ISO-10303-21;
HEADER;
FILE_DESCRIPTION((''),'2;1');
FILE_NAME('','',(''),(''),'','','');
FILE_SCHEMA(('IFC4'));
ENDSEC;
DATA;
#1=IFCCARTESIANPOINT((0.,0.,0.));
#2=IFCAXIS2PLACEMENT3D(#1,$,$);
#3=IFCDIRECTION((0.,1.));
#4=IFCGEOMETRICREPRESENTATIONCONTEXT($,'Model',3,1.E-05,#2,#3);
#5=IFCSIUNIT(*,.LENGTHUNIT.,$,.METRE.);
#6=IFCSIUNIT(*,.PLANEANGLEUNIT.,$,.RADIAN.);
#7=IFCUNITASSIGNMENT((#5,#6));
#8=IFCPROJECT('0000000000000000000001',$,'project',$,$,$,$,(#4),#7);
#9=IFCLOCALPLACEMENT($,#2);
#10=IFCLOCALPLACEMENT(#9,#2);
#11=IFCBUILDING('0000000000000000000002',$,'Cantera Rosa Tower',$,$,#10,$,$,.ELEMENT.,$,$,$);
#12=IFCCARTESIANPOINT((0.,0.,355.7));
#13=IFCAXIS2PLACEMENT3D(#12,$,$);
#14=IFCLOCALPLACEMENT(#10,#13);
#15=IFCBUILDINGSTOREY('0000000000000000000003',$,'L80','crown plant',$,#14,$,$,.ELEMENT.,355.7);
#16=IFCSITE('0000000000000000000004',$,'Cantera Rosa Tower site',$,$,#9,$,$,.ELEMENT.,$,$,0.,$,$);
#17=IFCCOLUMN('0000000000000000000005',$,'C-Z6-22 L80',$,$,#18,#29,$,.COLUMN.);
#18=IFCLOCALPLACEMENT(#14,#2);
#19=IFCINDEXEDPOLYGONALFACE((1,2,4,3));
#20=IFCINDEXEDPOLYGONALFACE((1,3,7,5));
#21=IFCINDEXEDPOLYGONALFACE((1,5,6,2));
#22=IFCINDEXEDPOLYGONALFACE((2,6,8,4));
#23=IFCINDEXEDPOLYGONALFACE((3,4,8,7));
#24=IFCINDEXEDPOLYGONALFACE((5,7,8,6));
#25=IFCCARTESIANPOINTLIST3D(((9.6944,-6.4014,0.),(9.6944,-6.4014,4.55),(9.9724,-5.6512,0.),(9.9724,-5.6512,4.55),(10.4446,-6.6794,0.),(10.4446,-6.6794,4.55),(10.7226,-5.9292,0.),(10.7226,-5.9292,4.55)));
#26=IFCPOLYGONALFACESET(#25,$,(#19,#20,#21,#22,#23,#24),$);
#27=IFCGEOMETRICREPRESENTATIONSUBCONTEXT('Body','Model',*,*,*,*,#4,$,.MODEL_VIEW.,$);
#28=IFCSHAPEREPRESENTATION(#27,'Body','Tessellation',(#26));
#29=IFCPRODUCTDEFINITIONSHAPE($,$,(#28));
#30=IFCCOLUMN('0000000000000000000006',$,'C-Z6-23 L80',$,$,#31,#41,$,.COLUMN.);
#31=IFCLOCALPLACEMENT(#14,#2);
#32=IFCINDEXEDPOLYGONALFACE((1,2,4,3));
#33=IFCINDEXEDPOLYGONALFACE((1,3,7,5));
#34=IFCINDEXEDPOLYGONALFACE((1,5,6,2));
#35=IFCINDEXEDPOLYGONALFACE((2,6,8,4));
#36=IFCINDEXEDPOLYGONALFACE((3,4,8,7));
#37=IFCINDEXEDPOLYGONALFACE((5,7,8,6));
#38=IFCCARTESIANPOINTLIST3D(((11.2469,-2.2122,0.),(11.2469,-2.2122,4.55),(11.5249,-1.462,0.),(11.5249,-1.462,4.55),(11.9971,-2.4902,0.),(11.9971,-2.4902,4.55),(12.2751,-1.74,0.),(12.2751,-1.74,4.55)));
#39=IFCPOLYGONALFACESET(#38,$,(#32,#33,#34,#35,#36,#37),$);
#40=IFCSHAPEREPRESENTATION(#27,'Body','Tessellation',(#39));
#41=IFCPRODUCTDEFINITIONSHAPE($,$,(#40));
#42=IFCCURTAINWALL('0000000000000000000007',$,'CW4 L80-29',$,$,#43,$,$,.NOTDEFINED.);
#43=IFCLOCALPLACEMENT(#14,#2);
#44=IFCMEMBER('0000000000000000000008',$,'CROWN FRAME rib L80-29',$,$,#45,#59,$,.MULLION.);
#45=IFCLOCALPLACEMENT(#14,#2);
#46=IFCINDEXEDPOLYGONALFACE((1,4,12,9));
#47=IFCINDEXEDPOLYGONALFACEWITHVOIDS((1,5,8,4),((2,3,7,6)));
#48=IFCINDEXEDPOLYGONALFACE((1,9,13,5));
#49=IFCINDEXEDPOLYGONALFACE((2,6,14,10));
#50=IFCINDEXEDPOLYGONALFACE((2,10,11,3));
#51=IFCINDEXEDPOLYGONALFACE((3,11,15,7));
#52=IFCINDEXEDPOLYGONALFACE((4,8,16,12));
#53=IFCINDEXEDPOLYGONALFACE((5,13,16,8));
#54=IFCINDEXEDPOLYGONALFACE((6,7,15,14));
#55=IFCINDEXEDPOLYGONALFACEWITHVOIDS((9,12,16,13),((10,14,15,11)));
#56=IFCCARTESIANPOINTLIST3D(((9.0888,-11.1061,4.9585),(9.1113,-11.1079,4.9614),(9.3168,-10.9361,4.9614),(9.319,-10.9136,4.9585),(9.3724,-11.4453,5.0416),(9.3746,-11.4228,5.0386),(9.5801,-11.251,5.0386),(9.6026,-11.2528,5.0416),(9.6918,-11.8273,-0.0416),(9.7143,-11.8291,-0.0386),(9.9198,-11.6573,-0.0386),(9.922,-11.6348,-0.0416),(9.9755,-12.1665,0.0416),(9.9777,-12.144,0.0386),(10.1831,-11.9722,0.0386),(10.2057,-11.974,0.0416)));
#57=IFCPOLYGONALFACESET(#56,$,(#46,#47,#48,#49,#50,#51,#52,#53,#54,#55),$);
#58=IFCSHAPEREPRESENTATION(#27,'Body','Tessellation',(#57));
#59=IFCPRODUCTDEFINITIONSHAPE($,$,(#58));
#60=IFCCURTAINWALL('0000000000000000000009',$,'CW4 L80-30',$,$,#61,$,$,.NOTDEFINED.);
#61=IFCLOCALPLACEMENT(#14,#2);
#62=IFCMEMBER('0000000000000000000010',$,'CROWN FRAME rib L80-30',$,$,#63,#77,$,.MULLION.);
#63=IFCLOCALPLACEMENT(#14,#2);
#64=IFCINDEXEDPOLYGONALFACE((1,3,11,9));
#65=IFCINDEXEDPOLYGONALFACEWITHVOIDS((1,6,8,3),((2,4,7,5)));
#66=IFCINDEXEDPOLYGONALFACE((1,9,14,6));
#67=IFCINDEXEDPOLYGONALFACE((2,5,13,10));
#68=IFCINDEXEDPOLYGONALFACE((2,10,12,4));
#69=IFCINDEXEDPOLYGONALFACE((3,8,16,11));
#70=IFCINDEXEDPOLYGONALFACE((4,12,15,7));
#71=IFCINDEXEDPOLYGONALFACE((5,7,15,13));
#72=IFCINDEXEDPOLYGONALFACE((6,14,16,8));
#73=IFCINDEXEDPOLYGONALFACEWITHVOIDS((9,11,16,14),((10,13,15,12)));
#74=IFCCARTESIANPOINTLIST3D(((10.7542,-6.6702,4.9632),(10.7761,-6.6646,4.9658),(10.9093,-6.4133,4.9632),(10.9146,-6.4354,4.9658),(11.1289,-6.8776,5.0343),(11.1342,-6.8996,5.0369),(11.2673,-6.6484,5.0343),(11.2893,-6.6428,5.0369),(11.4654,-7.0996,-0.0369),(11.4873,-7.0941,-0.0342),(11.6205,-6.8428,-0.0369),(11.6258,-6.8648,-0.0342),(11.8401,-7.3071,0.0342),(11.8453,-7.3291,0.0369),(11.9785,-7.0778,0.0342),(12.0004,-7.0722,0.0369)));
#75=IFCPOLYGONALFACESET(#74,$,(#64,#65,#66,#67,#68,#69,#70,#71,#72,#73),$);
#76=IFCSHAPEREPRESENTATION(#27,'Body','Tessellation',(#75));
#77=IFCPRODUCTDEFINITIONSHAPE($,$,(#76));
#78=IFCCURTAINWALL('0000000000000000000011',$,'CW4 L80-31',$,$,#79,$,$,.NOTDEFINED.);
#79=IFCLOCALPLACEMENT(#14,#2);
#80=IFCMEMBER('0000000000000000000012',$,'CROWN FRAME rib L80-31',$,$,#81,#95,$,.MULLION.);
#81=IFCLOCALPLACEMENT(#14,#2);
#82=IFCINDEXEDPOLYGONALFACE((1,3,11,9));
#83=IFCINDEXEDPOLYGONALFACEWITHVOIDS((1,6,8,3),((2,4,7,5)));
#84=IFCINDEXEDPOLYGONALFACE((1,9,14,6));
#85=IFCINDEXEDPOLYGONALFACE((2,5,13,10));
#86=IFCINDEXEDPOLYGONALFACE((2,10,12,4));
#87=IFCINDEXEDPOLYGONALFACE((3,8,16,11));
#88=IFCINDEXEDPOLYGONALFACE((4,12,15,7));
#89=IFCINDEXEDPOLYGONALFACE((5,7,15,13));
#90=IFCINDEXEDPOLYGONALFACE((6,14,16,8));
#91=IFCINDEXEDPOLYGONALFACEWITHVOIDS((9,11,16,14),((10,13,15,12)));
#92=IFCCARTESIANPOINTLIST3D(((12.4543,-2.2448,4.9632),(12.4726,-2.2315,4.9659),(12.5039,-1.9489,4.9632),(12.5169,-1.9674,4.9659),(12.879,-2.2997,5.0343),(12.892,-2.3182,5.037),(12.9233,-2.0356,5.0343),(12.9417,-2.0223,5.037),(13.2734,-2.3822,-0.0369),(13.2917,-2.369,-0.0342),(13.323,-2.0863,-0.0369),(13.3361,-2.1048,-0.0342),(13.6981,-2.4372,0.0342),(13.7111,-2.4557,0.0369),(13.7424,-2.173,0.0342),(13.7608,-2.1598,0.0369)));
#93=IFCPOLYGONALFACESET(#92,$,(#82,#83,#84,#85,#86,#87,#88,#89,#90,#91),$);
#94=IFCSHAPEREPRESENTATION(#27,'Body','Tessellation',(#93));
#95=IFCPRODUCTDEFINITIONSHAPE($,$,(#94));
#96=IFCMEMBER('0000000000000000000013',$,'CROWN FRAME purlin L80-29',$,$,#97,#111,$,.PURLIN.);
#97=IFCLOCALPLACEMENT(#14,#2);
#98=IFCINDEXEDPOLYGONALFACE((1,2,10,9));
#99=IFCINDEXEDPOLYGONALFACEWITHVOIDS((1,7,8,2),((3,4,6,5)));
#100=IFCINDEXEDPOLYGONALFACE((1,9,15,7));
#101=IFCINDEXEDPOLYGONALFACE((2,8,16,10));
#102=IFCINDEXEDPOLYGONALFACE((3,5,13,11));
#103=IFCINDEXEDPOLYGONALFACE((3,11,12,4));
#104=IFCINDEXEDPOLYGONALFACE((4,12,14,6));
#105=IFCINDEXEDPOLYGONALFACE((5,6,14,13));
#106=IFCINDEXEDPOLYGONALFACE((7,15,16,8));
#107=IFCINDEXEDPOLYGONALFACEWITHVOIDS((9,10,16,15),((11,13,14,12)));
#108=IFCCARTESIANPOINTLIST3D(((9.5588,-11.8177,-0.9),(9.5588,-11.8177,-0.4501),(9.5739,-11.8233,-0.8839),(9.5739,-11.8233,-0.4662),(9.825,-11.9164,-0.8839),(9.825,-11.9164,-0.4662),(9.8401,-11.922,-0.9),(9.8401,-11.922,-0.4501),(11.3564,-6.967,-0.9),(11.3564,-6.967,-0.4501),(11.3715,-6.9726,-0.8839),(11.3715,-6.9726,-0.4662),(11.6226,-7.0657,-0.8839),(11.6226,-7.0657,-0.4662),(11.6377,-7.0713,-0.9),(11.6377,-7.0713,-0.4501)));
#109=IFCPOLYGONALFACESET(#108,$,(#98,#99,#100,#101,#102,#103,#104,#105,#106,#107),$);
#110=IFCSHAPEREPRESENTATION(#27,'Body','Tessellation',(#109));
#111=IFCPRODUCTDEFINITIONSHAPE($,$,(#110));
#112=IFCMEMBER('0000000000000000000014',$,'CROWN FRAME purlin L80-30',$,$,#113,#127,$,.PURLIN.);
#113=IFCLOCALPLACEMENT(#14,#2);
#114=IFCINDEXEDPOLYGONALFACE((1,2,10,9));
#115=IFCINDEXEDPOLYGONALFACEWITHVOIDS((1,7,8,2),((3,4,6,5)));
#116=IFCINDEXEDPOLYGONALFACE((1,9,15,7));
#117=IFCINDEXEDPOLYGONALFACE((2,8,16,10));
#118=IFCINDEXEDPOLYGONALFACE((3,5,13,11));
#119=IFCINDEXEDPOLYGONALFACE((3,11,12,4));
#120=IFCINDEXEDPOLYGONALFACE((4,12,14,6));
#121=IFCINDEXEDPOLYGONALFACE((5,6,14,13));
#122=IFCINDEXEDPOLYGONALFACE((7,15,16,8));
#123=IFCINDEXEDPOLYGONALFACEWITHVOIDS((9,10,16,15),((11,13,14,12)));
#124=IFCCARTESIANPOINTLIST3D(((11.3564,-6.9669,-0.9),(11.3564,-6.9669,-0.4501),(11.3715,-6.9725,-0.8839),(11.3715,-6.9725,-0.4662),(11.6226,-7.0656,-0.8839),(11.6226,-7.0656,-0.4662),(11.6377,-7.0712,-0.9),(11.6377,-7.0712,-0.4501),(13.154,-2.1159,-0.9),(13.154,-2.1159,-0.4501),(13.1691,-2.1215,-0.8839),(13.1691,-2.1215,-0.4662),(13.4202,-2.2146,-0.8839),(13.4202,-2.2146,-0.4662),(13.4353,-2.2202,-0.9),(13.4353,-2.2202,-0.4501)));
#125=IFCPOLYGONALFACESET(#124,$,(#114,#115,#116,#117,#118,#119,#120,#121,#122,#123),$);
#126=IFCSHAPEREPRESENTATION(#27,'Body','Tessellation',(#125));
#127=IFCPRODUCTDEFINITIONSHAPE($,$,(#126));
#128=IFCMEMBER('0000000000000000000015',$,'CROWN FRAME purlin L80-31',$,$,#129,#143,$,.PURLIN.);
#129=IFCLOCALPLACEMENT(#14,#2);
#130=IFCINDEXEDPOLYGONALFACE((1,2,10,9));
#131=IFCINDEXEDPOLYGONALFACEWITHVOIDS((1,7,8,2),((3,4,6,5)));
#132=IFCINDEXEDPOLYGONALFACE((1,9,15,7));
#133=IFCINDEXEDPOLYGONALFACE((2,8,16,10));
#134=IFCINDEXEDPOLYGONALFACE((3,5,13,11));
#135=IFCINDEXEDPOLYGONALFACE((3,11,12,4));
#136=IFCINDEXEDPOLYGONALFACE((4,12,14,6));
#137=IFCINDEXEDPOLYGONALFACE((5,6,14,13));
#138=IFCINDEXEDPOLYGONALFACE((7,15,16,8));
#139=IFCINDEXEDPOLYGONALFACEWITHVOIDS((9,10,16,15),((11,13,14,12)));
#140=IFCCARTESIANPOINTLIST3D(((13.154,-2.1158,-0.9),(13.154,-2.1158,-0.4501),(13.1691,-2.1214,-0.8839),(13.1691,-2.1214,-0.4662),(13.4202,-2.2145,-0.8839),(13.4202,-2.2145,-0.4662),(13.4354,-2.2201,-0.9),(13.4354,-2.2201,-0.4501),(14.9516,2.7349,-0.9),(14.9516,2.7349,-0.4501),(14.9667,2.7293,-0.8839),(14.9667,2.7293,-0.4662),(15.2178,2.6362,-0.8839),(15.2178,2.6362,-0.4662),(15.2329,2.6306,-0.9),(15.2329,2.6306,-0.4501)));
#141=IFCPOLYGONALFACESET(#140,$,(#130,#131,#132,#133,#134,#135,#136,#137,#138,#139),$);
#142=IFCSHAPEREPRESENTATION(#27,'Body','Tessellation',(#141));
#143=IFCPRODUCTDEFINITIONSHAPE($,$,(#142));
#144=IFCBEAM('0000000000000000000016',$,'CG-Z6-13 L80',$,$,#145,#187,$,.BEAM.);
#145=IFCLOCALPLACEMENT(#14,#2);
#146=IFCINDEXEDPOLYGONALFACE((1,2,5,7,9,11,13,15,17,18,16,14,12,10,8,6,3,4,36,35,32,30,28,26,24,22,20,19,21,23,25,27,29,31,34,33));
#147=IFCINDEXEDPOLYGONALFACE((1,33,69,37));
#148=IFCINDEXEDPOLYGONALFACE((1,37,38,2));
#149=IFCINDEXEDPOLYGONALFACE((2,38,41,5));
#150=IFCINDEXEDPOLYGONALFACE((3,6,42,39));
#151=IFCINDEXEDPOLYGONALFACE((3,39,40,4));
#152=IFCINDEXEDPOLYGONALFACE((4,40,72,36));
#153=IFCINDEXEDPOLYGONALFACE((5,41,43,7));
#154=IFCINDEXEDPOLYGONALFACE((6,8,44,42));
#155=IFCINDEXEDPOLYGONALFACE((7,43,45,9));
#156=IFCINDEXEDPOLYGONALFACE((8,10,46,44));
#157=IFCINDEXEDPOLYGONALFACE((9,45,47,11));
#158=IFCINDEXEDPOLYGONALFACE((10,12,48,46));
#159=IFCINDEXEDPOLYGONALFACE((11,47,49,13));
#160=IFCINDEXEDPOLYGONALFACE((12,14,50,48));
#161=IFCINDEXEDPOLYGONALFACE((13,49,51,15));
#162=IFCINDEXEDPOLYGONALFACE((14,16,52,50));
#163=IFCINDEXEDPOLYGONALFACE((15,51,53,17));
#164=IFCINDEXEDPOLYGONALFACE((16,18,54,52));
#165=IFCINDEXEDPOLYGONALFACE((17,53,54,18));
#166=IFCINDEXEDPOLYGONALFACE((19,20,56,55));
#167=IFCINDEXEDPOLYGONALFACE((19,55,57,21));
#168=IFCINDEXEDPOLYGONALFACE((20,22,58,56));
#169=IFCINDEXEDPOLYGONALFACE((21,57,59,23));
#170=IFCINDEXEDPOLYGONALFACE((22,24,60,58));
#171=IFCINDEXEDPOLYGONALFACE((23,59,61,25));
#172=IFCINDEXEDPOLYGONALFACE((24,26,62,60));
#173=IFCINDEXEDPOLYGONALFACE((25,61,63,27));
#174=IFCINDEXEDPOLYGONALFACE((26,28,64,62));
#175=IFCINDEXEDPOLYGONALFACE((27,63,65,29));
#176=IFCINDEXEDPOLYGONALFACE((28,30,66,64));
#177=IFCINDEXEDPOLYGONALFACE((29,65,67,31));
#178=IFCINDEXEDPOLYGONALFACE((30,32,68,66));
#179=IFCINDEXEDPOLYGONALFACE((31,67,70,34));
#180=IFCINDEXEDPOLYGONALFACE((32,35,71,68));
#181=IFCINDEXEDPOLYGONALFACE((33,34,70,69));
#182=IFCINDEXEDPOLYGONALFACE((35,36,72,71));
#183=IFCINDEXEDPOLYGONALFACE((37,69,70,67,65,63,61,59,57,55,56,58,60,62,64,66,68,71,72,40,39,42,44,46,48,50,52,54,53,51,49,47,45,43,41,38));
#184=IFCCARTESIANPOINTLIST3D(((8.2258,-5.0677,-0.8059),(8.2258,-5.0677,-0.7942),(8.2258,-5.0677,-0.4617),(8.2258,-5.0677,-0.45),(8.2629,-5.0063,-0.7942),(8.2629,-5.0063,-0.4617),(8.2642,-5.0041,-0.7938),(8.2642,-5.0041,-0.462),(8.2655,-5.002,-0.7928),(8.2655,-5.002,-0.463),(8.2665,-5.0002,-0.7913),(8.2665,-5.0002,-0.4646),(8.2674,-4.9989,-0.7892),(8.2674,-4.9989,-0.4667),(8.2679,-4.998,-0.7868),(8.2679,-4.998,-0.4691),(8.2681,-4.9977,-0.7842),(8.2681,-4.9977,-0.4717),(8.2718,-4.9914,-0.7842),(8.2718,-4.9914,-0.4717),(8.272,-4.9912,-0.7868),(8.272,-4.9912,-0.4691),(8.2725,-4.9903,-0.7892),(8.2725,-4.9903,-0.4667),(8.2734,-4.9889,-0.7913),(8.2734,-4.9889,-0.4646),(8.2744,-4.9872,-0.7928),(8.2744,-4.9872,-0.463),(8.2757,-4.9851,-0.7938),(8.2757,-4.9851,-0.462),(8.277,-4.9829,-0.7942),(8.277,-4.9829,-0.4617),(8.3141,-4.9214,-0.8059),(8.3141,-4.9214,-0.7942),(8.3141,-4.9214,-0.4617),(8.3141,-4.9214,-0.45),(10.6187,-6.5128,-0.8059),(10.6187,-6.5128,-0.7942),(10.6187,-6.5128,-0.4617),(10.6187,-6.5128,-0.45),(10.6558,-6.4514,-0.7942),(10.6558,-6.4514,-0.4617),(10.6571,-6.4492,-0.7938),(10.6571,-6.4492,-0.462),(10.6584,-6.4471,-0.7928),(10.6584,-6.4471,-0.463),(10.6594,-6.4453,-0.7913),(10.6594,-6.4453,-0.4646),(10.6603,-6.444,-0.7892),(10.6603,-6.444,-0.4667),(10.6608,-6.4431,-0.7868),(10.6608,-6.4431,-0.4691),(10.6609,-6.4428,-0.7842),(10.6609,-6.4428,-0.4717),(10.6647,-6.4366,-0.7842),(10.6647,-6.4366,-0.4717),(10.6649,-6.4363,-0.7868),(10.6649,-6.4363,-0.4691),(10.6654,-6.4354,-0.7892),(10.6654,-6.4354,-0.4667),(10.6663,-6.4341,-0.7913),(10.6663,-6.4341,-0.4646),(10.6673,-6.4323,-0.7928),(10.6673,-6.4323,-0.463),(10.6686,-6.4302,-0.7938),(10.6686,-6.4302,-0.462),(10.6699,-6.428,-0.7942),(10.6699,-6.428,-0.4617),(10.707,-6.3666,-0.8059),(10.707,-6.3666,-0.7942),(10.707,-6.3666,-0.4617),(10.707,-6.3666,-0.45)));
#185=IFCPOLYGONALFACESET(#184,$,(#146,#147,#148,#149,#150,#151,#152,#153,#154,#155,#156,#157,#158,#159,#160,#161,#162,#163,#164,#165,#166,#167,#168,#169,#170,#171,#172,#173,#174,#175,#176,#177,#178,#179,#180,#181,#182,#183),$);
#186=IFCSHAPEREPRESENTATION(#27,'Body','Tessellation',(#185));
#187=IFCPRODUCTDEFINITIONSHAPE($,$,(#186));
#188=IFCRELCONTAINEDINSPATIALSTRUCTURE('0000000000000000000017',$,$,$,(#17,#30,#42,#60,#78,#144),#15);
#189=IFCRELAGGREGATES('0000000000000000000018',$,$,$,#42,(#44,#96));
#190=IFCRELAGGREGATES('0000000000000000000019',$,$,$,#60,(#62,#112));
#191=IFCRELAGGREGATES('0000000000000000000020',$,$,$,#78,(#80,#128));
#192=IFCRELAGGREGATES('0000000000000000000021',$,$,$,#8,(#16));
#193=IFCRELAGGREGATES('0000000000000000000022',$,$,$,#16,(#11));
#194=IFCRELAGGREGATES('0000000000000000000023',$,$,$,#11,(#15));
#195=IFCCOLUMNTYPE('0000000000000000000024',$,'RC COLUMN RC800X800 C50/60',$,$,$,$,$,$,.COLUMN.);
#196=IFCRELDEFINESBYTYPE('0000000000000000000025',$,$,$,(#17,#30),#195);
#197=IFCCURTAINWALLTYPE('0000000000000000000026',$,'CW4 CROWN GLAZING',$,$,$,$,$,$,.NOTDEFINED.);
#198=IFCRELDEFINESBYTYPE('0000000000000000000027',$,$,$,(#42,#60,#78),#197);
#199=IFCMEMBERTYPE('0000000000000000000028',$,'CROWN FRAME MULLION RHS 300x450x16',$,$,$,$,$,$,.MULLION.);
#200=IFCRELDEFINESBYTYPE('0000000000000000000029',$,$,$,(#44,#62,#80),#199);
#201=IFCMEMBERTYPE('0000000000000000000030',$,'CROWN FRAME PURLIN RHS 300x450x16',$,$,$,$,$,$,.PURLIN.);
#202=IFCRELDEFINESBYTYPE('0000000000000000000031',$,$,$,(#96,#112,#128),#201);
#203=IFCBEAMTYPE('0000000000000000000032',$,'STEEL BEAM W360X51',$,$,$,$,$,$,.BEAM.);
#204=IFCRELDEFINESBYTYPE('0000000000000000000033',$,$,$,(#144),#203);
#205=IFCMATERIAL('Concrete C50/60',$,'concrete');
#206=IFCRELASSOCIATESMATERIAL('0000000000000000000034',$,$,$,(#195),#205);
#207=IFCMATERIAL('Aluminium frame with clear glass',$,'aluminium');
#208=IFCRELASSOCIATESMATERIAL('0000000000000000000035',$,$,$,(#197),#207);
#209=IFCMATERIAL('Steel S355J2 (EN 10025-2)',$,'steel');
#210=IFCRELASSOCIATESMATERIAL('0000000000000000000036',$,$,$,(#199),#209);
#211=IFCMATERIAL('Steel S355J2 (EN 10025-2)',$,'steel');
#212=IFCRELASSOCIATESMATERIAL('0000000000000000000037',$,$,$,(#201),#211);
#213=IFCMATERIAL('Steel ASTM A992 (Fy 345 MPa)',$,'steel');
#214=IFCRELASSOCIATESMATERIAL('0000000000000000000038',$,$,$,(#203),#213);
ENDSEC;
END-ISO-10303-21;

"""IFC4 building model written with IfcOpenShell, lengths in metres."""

from ifc_helpers import new_model, si_unit, direction, frame, origin, origin_2d, place, context, subcontext, project, spatial, rectangle, hollow_rectangle, i_section, extrude, material, material_profile, profile_set, type_object, element, aggregate, save


model = new_model("IFC4")

# Units and contexts
model_context = context("Model", 3, precision=1e-05, world=origin(), true_north=direction((0.0, 1.0)))
body_context = subcontext(model_context, "Body", "Model", "MODEL_VIEW")
ifc_project = project(units=[si_unit("LENGTHUNIT", "METRE"), si_unit("PLANEANGLEUNIT", "RADIAN")], contexts=[model_context])

# Site, building, storey
site_placement = place(None, origin())
site = spatial("IfcSite", under=ifc_project, at=site_placement, Name="Cantera Rosa Tower site", CompositionType="ELEMENT", RefElevation=0.0)
building_placement = place(site_placement, origin())
building = spatial("IfcBuilding", under=site, at=building_placement, Name="Cantera Rosa Tower", CompositionType="ELEMENT")
storey_placement = place(building_placement, frame((0.0, 0.0, 355.7)))
storey = spatial("IfcBuildingStorey", under=building, at=storey_placement, Name="L80", Description="crown plant", CompositionType="ELEMENT", Elevation=355.7)

# Columns
ifc_material_1 = material(Name="Concrete C50/60", Category="concrete")
ifc_material_profile_1 = material_profile(ifc_material_1, rectangle(XDim=0.8, YDim=0.8, at=origin_2d()), Name="RC COLUMN RC800X800 C50/60")
ifc_profile_set_1 = profile_set([ifc_material_profile_1], Name="Concrete C50/60")
column_type = type_object("IfcColumnType", Name="RC COLUMN RC800X800 C50/60", PredefinedType="COLUMN", material=ifc_profile_set_1)
for number, where, z_axis, x_axis, name in (
    (1, (10.2085, -6.1653, 0.0), (0.0, 0.0, 1.0), (0.347481, 0.937687, 0.0), "C-Z6-22 L80"),
    (2, (11.761, -1.9761, 0.0), (0.0, 0.0, 1.0), (0.347481, 0.937687, 0.0), "C-Z6-23 L80"),
):
    element("IfcColumn", number, at=place(storey_placement, frame(where, z_axis=z_axis, x_axis=x_axis)), inside=storey, type_object=column_type, Name=name, PredefinedType="COLUMN", context=body_context, shape_type="SweptSolid", body=[
        extrude(rectangle(XDim=0.8, YDim=0.8, at=origin_2d()), origin(), (0.0, 0.0, 1.0), 4.55),
    ])

# Curtain walls, members
ifc_material_2 = material(Name="Aluminium frame with clear glass", Category="aluminium")
curtain_wall_type = type_object("IfcCurtainWallType", Name="CW4 CROWN GLAZING", PredefinedType="NOTDEFINED", material=ifc_material_2)
curtain_wall_1_placement = place(storey_placement, origin())
curtain_wall_1 = element("IfcCurtainWall", 3, at=curtain_wall_1_placement, inside=storey, type_object=curtain_wall_type, Name="CW4 L80-29", PredefinedType="NOTDEFINED")
ifc_material_3 = material(Name="Steel S355J2 (EN 10025-2)", Category="steel")
ifc_material_profile_2 = material_profile(ifc_material_3, hollow_rectangle(XDim=0.3, YDim=0.45, WallThickness=0.0161, at=origin_2d()), Name="CROWN FRAME MULLION RHS 300x450x16")
ifc_profile_set_2 = profile_set([ifc_material_profile_2], Name="Steel S355J2 (EN 10025-2)")
member_type_1 = type_object("IfcMemberType", Name="CROWN FRAME MULLION RHS 300x450x16", PredefinedType="MULLION", material=ifc_profile_set_2)
member_1_placement = place(storey_placement, frame((9.9487, -11.9006, 0.0), z_axis=(-0.118529, 0.141755, 0.98278), x_axis=(-0.767156, -0.641461, 0.0)))
member_1 = element("IfcMember", 4, at=member_1_placement, type_object=member_type_1, Name="CROWN FRAME rib L80-29", PredefinedType="MULLION", context=body_context, shape_type="SweptSolid", body=[
    extrude(hollow_rectangle(XDim=0.3, YDim=0.45, WallThickness=0.0161, at=origin_2d()), origin(), (0.0, 0.0, 1.0), 5.0876),
])
curtain_wall_2_placement = place(storey_placement, origin())
curtain_wall_2 = element("IfcCurtainWall", 5, at=curtain_wall_2_placement, inside=storey, type_object=curtain_wall_type, Name="CW4 L80-30", PredefinedType="NOTDEFINED")
member_2_placement = place(storey_placement, frame((11.7329, -7.0859, 0.0), z_axis=(-0.140313, 0.084727, 0.986475), x_axis=(-0.516914, -0.856037, 0.0)))
member_2 = element("IfcMember", 6, at=member_2_placement, type_object=member_type_1, Name="CROWN FRAME rib L80-30", PredefinedType="MULLION", context=body_context, shape_type="SweptSolid", body=[
    extrude(hollow_rectangle(XDim=0.3, YDim=0.45, WallThickness=0.0161, at=origin_2d()), origin(), (0.0, 0.0, 1.0), 5.0686),
])
curtain_wall_3_placement = place(storey_placement, origin())
curtain_wall_3 = element("IfcCurtainWall", 7, at=curtain_wall_3_placement, inside=storey, type_object=curtain_wall_type, Name="CW4 L80-31", PredefinedType="NOTDEFINED")
member_3_placement = place(storey_placement, frame((13.5171, -2.271, 0.0), z_axis=(-0.161604, 0.027119, 0.986483), x_axis=(-0.165495, -0.986211, 0.0)))
member_3 = element("IfcMember", 8, at=member_3_placement, type_object=member_type_1, Name="CROWN FRAME rib L80-31", PredefinedType="MULLION", context=body_context, shape_type="SweptSolid", body=[
    extrude(hollow_rectangle(XDim=0.3, YDim=0.45, WallThickness=0.0161, at=origin_2d()), origin(), (0.0, 0.0, 1.0), 5.0686),
])

# Members
ifc_material_4 = material(Name="Steel S355J2 (EN 10025-2)", Category="steel")
ifc_material_profile_3 = material_profile(ifc_material_4, hollow_rectangle(XDim=0.3, YDim=0.45, WallThickness=0.0161, at=origin_2d()), Name="CROWN FRAME PURLIN RHS 300x450x16")
ifc_profile_set_3 = profile_set([ifc_material_profile_3], Name="Steel S355J2 (EN 10025-2)")
member_type_2 = type_object("IfcMemberType", Name="CROWN FRAME PURLIN RHS 300x450x16", PredefinedType="PURLIN", material=ifc_profile_set_3)
member_4_placement = place(storey_placement, frame((9.6995, -11.8699, -0.675), z_axis=(0.347485, 0.937686, 0.0), x_axis=(-0.937686, 0.347485, 0.0)))
member_4 = element("IfcMember", 9, at=member_4_placement, type_object=member_type_2, Name="CROWN FRAME purlin L80-29", PredefinedType="PURLIN", context=body_context, shape_type="SweptSolid", body=[
    extrude(hollow_rectangle(XDim=0.3, YDim=0.45, WallThickness=0.0161, at=origin_2d()), origin(), (0.0, 0.0, 1.0), 5.1731),
])
member_5_placement = place(storey_placement, frame((11.4971, -7.019, -0.675), z_axis=(0.34747, 0.937691, 0.0), x_axis=(-0.937691, 0.34747, 0.0)))
member_5 = element("IfcMember", 10, at=member_5_placement, type_object=member_type_2, Name="CROWN FRAME purlin L80-30", PredefinedType="PURLIN", context=body_context, shape_type="SweptSolid", body=[
    extrude(hollow_rectangle(XDim=0.3, YDim=0.45, WallThickness=0.0161, at=origin_2d()), origin(), (0.0, 0.0, 1.0), 5.1733),
])
member_6_placement = place(storey_placement, frame((13.2947, -2.168, -0.675), z_axis=(0.347485, 0.937686, 0.0), x_axis=(-0.937686, 0.347485, 0.0)))
member_6 = element("IfcMember", 11, at=member_6_placement, type_object=member_type_2, Name="CROWN FRAME purlin L80-31", PredefinedType="PURLIN", context=body_context, shape_type="SweptSolid", body=[
    extrude(hollow_rectangle(XDim=0.3, YDim=0.45, WallThickness=0.0161, at=origin_2d()), origin(), (0.0, 0.0, 1.0), 5.1731),
])

# Beam
ifc_material_5 = material(Name="Steel ASTM A992 (Fy 345 MPa)", Category="steel")
ifc_material_profile_4 = material_profile(ifc_material_5, i_section(OverallWidth=0.1709, OverallDepth=0.356, WebThickness=0.0073, FlangeThickness=0.0117, FilletRadius=0.01, at=origin_2d()), Name="W360X51")
ifc_profile_set_4 = profile_set([ifc_material_profile_4], Name="Steel ASTM A992 (Fy 345 MPa)")
beam_type_1 = type_object("IfcBeamType", Name="STEEL BEAM W360X51", PredefinedType="BEAM", material=ifc_profile_set_4)
beam_1_placement = place(storey_placement, frame((10.6628, -6.4397, -0.6279), z_axis=(-0.85601, 0.51696, 0.0), x_axis=(-0.51696, -0.85601, 0.0)))
element("IfcBeam", 12, at=beam_1_placement, inside=storey, type_object=beam_type_1, Name="CG-Z6-13 L80", PredefinedType="BEAM", context=body_context, shape_type="SweptSolid", body=[
    extrude(i_section(OverallWidth=0.1709, OverallDepth=0.356, WebThickness=0.0073, FlangeThickness=0.0117, FilletRadius=0.01, at=origin_2d()), origin(), (0.0, 0.0, 1.0), 2.7954),
])

aggregate(curtain_wall_1, [member_1, member_4])
aggregate(curtain_wall_2, [member_2, member_5])
aggregate(curtain_wall_3, [member_3, member_6])

save(model, "model.ifc")
